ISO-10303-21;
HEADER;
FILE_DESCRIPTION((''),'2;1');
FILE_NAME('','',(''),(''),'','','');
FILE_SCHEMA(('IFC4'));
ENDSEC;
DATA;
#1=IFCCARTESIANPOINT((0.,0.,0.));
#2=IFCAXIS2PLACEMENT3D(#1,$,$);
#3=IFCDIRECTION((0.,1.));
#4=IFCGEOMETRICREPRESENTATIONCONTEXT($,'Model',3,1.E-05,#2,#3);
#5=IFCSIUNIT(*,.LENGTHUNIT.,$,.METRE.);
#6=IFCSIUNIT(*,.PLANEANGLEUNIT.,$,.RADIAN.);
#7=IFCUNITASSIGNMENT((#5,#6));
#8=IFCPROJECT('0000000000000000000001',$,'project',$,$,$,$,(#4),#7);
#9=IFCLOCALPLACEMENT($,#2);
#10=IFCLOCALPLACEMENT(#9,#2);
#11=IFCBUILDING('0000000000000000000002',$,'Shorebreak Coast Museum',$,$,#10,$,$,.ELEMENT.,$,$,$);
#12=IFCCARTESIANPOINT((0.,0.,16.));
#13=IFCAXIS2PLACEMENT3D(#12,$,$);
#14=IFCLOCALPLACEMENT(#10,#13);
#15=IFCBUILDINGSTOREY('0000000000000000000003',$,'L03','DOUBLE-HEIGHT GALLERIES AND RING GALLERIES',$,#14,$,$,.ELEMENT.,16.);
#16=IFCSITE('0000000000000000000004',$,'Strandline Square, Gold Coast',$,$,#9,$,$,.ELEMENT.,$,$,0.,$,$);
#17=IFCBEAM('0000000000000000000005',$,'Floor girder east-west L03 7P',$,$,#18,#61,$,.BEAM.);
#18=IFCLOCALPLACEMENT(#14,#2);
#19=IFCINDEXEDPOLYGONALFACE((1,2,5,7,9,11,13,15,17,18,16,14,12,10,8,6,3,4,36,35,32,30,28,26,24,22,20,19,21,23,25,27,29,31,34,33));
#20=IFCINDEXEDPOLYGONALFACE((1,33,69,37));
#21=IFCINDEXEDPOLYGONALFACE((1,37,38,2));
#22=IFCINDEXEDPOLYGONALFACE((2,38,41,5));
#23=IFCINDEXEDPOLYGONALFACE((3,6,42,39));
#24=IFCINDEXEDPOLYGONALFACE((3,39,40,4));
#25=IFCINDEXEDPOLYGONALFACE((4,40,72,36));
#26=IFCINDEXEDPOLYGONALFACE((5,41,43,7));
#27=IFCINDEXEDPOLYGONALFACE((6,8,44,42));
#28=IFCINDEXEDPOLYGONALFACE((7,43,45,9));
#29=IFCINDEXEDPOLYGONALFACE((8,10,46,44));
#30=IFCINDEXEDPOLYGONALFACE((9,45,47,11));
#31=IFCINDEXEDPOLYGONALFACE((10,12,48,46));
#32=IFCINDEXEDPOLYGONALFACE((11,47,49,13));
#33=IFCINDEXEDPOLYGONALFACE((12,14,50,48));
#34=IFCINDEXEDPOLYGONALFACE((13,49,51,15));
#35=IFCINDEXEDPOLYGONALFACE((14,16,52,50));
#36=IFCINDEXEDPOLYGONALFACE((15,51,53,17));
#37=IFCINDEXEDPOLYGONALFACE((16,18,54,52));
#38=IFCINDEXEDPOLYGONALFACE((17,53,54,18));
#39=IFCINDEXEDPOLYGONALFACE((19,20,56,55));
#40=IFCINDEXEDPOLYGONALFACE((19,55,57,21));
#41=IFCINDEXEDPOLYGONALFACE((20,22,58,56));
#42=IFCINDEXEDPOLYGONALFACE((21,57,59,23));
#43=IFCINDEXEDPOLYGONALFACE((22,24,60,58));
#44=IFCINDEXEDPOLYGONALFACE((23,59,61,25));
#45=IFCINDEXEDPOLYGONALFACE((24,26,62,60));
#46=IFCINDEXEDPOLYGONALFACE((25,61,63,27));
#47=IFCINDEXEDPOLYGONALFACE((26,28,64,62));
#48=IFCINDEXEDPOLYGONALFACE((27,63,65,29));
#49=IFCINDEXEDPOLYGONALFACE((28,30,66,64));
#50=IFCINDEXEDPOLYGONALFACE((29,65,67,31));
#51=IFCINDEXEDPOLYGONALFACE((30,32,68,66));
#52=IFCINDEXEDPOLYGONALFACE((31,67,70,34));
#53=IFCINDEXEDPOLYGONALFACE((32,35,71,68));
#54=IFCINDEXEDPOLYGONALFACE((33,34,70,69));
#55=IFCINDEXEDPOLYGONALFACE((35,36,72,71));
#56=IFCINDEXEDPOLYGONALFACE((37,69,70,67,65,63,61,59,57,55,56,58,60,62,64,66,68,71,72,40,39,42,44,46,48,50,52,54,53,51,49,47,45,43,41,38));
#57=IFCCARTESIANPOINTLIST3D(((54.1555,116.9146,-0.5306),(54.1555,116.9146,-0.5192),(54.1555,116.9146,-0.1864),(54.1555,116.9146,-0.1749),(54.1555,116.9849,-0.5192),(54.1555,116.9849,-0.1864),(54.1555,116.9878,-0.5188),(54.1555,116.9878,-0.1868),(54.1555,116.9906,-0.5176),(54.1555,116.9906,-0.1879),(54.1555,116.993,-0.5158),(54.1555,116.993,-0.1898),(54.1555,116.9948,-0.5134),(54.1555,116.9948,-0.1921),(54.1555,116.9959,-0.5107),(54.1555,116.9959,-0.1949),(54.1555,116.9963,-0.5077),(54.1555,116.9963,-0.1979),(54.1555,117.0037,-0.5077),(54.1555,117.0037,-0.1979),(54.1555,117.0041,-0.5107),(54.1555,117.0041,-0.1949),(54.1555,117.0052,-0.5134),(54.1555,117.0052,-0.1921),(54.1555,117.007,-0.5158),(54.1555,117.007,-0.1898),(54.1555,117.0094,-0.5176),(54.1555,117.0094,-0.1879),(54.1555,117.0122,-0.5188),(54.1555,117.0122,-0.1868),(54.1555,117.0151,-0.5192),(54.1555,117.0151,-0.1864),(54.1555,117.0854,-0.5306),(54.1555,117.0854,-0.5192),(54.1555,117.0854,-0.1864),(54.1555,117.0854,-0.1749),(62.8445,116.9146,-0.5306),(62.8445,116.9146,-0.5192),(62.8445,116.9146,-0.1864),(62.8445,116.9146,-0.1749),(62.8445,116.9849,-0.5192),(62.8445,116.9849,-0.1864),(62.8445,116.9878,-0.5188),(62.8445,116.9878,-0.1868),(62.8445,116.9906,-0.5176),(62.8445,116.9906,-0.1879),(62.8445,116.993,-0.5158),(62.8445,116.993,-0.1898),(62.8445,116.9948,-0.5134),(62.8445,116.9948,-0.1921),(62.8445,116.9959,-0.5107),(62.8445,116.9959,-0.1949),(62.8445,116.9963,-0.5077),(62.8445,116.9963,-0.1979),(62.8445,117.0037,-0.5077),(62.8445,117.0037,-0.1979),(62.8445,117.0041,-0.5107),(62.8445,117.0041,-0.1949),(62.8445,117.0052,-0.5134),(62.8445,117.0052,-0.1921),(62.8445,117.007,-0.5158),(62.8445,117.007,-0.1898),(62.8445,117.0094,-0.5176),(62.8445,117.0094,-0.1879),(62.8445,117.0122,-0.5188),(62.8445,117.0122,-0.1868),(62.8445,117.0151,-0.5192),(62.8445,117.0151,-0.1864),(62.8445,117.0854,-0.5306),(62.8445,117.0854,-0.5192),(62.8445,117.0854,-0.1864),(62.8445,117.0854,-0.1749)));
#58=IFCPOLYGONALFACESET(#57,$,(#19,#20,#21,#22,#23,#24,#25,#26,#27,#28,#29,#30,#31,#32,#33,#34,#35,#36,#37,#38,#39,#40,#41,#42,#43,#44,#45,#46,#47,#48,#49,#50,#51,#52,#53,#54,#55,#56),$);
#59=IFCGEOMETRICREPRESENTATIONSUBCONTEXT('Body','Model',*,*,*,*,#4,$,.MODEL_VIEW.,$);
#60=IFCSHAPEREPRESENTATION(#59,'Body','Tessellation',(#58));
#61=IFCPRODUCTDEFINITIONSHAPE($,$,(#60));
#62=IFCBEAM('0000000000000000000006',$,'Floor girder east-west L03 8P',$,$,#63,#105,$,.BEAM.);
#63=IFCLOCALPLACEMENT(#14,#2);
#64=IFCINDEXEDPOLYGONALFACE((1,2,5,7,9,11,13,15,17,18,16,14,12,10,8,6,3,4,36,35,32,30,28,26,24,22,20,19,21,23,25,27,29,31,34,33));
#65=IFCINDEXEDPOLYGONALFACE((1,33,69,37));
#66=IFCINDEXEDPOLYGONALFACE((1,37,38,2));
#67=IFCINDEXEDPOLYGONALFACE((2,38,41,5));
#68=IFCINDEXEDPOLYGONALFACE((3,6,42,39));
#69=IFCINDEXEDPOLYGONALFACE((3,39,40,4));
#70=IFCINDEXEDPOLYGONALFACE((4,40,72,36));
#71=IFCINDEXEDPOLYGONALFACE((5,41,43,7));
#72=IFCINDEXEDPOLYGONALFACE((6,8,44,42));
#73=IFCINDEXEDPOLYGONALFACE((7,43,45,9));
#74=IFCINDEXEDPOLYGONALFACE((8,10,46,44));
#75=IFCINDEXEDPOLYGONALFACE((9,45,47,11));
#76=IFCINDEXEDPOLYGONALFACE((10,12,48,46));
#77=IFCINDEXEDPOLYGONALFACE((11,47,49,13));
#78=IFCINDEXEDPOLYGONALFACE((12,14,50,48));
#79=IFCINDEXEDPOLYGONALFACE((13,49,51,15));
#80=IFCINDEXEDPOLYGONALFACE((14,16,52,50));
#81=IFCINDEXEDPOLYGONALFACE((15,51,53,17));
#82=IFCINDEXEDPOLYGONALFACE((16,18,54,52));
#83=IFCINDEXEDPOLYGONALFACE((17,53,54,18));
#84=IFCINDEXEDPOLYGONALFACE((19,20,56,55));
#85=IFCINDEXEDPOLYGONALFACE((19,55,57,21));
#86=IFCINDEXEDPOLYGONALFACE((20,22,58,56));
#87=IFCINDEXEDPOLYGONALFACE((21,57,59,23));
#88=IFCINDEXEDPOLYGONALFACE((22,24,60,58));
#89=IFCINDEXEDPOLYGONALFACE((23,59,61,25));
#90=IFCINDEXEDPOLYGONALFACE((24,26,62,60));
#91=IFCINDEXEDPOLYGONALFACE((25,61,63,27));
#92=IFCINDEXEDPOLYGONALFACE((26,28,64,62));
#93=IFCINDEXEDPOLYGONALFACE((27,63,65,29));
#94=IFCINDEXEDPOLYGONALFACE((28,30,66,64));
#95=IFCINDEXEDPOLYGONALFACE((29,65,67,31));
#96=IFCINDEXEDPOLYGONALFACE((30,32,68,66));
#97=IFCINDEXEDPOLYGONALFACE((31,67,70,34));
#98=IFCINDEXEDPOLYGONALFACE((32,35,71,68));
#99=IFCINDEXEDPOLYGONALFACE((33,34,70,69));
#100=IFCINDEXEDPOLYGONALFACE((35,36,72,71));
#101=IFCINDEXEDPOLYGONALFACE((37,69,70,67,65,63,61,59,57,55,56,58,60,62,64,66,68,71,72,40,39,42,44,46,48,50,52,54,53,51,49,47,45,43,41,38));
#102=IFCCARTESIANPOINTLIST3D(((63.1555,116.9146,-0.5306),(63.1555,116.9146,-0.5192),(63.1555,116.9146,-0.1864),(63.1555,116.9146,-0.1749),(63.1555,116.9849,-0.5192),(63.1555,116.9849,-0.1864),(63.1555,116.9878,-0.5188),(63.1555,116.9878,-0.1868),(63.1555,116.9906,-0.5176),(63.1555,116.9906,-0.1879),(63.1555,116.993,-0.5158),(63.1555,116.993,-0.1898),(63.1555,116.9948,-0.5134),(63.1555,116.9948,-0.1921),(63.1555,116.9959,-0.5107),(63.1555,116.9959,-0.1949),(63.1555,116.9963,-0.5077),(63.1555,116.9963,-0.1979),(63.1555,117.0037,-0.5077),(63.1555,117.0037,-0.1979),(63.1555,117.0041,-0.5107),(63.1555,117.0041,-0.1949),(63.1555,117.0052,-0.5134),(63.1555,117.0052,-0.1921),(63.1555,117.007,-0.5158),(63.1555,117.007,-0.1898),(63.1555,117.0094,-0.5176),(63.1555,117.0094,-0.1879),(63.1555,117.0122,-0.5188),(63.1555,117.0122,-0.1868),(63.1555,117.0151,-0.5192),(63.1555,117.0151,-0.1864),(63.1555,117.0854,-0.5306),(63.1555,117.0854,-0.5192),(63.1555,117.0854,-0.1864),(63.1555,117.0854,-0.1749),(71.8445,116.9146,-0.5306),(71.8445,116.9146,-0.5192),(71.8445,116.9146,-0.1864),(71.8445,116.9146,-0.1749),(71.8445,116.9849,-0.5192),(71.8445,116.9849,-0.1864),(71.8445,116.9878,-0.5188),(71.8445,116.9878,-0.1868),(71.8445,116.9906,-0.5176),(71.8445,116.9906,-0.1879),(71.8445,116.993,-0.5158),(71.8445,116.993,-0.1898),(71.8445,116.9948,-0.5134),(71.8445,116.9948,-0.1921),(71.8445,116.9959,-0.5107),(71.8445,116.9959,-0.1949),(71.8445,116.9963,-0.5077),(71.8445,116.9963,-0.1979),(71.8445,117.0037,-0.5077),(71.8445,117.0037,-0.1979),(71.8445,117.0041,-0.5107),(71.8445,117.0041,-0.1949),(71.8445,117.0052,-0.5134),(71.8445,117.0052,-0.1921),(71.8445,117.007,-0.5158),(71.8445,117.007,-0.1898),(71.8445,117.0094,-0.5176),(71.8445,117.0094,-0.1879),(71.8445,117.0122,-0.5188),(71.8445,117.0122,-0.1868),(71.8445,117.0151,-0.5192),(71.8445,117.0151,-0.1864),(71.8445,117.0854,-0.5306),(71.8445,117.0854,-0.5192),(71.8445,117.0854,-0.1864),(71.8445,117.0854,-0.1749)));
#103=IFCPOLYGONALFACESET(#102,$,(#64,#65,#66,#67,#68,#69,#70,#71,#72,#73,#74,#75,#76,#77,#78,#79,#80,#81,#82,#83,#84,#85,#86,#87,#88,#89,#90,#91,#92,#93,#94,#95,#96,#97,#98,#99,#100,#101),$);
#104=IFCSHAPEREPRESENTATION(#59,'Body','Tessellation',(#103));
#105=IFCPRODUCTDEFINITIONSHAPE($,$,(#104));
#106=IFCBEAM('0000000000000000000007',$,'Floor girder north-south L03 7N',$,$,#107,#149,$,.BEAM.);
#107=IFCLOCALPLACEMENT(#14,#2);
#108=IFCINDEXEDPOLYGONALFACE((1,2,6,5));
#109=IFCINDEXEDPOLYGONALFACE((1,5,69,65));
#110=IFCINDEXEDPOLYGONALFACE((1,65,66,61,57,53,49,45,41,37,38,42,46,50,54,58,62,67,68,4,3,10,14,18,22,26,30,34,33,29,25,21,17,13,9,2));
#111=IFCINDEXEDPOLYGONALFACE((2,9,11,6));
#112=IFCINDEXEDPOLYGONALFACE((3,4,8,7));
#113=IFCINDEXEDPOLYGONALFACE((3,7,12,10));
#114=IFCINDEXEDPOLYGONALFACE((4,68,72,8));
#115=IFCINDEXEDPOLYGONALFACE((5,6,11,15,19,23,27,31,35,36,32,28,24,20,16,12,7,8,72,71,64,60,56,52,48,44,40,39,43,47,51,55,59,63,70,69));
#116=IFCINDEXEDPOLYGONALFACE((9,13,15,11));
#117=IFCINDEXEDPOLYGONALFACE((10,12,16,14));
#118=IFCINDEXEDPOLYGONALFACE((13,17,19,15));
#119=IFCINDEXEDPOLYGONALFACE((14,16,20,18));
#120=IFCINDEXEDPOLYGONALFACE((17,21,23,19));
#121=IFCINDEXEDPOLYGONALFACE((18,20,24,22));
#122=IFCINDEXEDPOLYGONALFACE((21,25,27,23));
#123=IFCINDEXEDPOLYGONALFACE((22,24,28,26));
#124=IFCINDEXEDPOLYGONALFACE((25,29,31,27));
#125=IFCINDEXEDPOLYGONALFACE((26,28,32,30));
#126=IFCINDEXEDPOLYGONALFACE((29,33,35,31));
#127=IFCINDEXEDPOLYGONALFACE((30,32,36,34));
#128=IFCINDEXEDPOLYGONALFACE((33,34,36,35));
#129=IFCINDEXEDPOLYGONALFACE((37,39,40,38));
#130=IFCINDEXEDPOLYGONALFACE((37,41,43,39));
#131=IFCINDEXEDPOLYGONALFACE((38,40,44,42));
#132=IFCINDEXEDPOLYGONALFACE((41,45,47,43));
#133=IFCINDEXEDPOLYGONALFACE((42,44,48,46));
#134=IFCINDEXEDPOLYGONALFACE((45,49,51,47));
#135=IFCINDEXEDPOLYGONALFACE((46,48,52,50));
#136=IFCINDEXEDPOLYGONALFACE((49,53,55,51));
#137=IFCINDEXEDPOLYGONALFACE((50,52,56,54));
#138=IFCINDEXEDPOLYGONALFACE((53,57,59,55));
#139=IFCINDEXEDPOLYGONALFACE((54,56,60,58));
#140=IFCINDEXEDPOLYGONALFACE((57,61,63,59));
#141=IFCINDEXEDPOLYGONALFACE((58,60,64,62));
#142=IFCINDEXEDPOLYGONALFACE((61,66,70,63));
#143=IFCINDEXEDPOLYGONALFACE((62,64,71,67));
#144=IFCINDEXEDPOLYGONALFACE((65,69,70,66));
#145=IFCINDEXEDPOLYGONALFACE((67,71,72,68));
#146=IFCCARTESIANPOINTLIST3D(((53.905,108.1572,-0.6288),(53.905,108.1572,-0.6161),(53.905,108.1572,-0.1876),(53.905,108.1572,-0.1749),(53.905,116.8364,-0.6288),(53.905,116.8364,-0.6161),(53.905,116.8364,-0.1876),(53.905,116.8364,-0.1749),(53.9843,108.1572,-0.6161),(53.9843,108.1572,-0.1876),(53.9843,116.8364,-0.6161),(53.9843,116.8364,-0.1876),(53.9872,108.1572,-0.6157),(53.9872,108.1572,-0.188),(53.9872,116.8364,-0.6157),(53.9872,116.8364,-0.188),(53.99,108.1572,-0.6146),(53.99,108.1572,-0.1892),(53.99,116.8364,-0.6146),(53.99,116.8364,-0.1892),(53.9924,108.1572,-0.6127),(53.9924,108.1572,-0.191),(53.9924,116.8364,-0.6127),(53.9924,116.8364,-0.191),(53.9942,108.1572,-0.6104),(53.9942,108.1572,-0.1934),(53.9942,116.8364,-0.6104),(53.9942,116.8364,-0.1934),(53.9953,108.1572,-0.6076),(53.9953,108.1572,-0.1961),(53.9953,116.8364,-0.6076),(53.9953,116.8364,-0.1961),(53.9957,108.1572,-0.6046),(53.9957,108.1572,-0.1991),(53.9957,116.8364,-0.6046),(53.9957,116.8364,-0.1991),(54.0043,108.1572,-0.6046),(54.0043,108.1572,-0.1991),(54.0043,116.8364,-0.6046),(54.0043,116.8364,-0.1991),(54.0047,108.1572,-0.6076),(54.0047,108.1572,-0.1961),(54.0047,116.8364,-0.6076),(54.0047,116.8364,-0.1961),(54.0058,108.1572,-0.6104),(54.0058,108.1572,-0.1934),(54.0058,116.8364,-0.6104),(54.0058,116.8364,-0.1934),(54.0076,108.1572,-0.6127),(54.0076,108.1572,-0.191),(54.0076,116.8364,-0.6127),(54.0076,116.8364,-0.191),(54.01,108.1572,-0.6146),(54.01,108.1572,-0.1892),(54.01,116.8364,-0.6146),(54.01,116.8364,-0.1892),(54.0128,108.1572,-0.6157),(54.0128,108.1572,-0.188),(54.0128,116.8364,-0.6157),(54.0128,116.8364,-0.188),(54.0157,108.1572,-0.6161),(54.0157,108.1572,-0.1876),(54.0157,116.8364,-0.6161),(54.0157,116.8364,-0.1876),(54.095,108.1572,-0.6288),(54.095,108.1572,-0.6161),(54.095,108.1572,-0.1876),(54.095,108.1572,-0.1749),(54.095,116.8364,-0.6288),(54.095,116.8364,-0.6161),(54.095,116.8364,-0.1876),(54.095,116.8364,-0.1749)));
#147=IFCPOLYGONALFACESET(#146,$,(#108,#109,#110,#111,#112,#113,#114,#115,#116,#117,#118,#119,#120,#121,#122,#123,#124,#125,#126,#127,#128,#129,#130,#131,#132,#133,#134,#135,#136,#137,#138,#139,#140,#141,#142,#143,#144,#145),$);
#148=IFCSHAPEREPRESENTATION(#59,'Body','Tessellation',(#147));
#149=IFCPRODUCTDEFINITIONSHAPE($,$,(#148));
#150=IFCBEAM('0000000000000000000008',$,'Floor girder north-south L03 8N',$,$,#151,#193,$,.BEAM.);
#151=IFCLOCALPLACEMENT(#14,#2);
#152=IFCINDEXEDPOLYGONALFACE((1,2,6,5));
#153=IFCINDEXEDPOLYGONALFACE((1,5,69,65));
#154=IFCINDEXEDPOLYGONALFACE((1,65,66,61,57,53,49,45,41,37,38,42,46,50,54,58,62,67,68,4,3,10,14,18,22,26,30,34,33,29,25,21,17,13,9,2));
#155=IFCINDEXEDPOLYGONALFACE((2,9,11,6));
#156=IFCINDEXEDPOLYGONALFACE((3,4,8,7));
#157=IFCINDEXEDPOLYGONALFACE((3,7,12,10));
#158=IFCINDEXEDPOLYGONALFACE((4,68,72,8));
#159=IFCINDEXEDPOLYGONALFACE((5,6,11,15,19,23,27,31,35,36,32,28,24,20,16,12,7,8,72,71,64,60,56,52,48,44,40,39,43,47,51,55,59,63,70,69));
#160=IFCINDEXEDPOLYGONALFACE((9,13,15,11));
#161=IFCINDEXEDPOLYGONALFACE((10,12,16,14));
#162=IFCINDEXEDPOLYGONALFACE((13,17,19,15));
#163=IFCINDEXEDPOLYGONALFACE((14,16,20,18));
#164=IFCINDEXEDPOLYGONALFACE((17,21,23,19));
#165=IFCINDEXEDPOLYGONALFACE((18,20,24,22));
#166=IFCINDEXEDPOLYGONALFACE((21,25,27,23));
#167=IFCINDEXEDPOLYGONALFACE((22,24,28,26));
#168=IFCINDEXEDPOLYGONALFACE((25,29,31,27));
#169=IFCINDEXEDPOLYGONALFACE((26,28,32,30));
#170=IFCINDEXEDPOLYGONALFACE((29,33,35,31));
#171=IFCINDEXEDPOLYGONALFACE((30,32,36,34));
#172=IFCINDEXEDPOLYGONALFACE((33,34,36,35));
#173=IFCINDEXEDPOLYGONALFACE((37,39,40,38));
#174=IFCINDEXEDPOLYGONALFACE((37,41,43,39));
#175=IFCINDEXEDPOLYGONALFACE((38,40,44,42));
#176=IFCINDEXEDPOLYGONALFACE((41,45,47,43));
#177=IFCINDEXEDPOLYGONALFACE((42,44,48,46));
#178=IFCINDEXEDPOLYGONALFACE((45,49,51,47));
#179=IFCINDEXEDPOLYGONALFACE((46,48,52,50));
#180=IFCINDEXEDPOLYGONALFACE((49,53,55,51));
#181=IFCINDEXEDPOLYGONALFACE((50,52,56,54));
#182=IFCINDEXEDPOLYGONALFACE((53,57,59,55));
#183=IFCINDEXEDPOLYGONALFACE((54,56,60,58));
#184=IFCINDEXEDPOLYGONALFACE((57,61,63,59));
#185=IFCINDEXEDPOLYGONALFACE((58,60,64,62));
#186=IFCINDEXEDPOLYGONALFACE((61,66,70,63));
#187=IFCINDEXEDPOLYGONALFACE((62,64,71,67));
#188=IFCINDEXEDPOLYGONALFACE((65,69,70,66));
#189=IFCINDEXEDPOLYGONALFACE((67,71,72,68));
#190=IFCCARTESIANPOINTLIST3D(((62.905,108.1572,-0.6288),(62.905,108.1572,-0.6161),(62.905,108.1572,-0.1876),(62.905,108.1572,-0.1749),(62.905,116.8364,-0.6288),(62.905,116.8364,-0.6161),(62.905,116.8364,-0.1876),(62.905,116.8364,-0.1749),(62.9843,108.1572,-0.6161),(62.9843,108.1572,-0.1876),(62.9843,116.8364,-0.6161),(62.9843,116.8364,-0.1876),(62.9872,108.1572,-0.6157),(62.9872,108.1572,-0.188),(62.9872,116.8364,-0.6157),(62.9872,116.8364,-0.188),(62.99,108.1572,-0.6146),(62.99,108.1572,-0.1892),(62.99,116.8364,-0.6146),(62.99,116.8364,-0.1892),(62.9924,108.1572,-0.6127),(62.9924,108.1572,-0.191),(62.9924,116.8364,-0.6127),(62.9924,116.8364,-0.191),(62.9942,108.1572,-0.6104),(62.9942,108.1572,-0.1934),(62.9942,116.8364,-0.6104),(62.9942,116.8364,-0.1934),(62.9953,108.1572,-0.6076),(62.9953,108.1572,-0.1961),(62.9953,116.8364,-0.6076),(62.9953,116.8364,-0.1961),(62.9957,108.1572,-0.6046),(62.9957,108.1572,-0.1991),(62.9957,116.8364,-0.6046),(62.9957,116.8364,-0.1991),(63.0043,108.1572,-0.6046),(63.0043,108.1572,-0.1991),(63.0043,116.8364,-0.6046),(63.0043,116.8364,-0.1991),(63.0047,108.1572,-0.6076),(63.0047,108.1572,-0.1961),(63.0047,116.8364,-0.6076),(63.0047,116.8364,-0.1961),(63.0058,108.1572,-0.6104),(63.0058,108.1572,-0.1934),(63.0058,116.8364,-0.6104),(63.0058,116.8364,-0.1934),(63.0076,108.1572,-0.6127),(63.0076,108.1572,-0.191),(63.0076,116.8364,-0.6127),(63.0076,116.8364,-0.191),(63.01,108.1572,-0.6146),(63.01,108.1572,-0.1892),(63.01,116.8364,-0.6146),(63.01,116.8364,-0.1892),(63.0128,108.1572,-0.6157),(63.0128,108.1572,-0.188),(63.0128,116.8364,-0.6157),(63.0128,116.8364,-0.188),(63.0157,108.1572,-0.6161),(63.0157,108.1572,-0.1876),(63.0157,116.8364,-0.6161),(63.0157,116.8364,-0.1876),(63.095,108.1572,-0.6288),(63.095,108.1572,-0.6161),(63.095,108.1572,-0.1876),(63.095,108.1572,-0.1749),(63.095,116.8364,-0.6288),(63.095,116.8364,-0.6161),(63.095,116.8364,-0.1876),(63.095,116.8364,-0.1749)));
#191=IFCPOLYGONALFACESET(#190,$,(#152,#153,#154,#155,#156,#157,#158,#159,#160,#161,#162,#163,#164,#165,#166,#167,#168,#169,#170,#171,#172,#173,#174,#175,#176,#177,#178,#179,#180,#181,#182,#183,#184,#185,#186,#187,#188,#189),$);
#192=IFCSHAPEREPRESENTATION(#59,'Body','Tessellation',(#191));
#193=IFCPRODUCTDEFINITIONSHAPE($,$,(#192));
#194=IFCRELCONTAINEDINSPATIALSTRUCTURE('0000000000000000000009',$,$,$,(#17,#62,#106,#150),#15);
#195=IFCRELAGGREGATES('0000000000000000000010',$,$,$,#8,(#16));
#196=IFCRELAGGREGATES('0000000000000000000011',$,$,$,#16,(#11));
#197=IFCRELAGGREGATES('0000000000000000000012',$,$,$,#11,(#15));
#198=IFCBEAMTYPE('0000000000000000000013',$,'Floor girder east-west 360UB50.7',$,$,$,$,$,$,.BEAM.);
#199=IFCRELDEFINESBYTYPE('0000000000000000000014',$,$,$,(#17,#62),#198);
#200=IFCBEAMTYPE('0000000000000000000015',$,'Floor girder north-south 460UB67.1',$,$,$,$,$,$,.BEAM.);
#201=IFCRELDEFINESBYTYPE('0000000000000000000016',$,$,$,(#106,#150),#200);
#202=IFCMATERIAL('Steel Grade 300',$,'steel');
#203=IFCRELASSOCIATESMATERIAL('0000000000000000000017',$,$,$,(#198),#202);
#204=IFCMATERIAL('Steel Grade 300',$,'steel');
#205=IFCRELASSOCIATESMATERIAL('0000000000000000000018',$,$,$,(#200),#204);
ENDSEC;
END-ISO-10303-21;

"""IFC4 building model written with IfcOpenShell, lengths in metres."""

from ifc_helpers import new_model, si_unit, direction, frame, origin, origin_2d, place, context, subcontext, project, spatial, i_section, extrude, material, material_profile, profile_set, type_object, element, save


model = new_model("IFC4")

# Units and contexts
model_context = context("Model", 3, precision=1e-05, world=origin(), true_north=direction((0.0, 1.0)))
body_context = subcontext(model_context, "Body", "Model", "MODEL_VIEW")
ifc_project = project(units=[si_unit("LENGTHUNIT", "METRE"), si_unit("PLANEANGLEUNIT", "RADIAN")], contexts=[model_context])

# Site, building, storey
site_placement = place(None, origin())
site = spatial("IfcSite", under=ifc_project, at=site_placement, Name="Strandline Square, Gold Coast", CompositionType="ELEMENT", RefElevation=0.0)
building_placement = place(site_placement, origin())
building = spatial("IfcBuilding", under=site, at=building_placement, Name="Shorebreak Coast Museum", CompositionType="ELEMENT")
storey_placement = place(building_placement, frame((0.0, 0.0, 16.0)))
storey = spatial("IfcBuildingStorey", under=building, at=storey_placement, Name="L03", Description="DOUBLE-HEIGHT GALLERIES AND RING GALLERIES", CompositionType="ELEMENT", Elevation=16.0)

# Beams
ifc_material_1 = material(Name="Steel Grade 300", Category="steel")
ifc_material_profile_1 = material_profile(ifc_material_1, i_section(OverallWidth=0.1709, OverallDepth=0.3557, WebThickness=0.0073, FlangeThickness=0.0115, FilletRadius=0.0115, at=origin_2d()), Name="360UB50.7")
ifc_profile_set_1 = profile_set([ifc_material_profile_1], Name="Steel Grade 300")
beam_type_1 = type_object("IfcBeamType", Name="Floor girder east-west 360UB50.7", PredefinedType="BEAM", material=ifc_profile_set_1)
for number, where, z_axis, x_axis, name in (
    (1, (54.1555, 117.0, -0.3528), (1.0, 0.0, 0.0), (0.0, 1.0, 0.0), "Floor girder east-west L03 7P"),
    (2, (63.1555, 117.0, -0.3528), (1.0, 0.0, 0.0), (0.0, 1.0, 0.0), "Floor girder east-west L03 8P"),
):
    element("IfcBeam", number, at=place(storey_placement, frame(where, z_axis=z_axis, x_axis=x_axis)), inside=storey, type_object=beam_type_1, Name=name, PredefinedType="BEAM", context=body_context, shape_type="SweptSolid", body=[
        extrude(i_section(OverallWidth=0.1709, OverallDepth=0.3557, WebThickness=0.0073, FlangeThickness=0.0115, FilletRadius=0.0115, at=origin_2d()), origin(), (0.0, 0.0, 1.0), 8.689),
    ])
ifc_material_2 = material(Name="Steel Grade 300", Category="steel")
ifc_material_profile_2 = material_profile(ifc_material_2, i_section(OverallWidth=0.1899, OverallDepth=0.4539, WebThickness=0.0085, FlangeThickness=0.0127, FilletRadius=0.0115, at=origin_2d()), Name="460UB67.1")
ifc_profile_set_2 = profile_set([ifc_material_profile_2], Name="Steel Grade 300")
beam_type_2 = type_object("IfcBeamType", Name="Floor girder north-south 460UB67.1", PredefinedType="BEAM", material=ifc_profile_set_2)
for number, where, z_axis, x_axis, name in (
    (3, (54.0, 108.1572, -0.4019), (0.0, 1.0, 0.0), (-1.0, 0.0, 0.0), "Floor girder north-south L03 7N"),
    (4, (63.0, 108.1572, -0.4019), (0.0, 1.0, 0.0), (-1.0, 0.0, 0.0), "Floor girder north-south L03 8N"),
):
    element("IfcBeam", number, at=place(storey_placement, frame(where, z_axis=z_axis, x_axis=x_axis)), inside=storey, type_object=beam_type_2, Name=name, PredefinedType="BEAM", context=body_context, shape_type="SweptSolid", body=[
        extrude(i_section(OverallWidth=0.1899, OverallDepth=0.4539, WebThickness=0.0085, FlangeThickness=0.0127, FilletRadius=0.0115, at=origin_2d()), origin(), (0.0, 0.0, 1.0), 8.6792),
    ])

save(model, "model.ifc")
